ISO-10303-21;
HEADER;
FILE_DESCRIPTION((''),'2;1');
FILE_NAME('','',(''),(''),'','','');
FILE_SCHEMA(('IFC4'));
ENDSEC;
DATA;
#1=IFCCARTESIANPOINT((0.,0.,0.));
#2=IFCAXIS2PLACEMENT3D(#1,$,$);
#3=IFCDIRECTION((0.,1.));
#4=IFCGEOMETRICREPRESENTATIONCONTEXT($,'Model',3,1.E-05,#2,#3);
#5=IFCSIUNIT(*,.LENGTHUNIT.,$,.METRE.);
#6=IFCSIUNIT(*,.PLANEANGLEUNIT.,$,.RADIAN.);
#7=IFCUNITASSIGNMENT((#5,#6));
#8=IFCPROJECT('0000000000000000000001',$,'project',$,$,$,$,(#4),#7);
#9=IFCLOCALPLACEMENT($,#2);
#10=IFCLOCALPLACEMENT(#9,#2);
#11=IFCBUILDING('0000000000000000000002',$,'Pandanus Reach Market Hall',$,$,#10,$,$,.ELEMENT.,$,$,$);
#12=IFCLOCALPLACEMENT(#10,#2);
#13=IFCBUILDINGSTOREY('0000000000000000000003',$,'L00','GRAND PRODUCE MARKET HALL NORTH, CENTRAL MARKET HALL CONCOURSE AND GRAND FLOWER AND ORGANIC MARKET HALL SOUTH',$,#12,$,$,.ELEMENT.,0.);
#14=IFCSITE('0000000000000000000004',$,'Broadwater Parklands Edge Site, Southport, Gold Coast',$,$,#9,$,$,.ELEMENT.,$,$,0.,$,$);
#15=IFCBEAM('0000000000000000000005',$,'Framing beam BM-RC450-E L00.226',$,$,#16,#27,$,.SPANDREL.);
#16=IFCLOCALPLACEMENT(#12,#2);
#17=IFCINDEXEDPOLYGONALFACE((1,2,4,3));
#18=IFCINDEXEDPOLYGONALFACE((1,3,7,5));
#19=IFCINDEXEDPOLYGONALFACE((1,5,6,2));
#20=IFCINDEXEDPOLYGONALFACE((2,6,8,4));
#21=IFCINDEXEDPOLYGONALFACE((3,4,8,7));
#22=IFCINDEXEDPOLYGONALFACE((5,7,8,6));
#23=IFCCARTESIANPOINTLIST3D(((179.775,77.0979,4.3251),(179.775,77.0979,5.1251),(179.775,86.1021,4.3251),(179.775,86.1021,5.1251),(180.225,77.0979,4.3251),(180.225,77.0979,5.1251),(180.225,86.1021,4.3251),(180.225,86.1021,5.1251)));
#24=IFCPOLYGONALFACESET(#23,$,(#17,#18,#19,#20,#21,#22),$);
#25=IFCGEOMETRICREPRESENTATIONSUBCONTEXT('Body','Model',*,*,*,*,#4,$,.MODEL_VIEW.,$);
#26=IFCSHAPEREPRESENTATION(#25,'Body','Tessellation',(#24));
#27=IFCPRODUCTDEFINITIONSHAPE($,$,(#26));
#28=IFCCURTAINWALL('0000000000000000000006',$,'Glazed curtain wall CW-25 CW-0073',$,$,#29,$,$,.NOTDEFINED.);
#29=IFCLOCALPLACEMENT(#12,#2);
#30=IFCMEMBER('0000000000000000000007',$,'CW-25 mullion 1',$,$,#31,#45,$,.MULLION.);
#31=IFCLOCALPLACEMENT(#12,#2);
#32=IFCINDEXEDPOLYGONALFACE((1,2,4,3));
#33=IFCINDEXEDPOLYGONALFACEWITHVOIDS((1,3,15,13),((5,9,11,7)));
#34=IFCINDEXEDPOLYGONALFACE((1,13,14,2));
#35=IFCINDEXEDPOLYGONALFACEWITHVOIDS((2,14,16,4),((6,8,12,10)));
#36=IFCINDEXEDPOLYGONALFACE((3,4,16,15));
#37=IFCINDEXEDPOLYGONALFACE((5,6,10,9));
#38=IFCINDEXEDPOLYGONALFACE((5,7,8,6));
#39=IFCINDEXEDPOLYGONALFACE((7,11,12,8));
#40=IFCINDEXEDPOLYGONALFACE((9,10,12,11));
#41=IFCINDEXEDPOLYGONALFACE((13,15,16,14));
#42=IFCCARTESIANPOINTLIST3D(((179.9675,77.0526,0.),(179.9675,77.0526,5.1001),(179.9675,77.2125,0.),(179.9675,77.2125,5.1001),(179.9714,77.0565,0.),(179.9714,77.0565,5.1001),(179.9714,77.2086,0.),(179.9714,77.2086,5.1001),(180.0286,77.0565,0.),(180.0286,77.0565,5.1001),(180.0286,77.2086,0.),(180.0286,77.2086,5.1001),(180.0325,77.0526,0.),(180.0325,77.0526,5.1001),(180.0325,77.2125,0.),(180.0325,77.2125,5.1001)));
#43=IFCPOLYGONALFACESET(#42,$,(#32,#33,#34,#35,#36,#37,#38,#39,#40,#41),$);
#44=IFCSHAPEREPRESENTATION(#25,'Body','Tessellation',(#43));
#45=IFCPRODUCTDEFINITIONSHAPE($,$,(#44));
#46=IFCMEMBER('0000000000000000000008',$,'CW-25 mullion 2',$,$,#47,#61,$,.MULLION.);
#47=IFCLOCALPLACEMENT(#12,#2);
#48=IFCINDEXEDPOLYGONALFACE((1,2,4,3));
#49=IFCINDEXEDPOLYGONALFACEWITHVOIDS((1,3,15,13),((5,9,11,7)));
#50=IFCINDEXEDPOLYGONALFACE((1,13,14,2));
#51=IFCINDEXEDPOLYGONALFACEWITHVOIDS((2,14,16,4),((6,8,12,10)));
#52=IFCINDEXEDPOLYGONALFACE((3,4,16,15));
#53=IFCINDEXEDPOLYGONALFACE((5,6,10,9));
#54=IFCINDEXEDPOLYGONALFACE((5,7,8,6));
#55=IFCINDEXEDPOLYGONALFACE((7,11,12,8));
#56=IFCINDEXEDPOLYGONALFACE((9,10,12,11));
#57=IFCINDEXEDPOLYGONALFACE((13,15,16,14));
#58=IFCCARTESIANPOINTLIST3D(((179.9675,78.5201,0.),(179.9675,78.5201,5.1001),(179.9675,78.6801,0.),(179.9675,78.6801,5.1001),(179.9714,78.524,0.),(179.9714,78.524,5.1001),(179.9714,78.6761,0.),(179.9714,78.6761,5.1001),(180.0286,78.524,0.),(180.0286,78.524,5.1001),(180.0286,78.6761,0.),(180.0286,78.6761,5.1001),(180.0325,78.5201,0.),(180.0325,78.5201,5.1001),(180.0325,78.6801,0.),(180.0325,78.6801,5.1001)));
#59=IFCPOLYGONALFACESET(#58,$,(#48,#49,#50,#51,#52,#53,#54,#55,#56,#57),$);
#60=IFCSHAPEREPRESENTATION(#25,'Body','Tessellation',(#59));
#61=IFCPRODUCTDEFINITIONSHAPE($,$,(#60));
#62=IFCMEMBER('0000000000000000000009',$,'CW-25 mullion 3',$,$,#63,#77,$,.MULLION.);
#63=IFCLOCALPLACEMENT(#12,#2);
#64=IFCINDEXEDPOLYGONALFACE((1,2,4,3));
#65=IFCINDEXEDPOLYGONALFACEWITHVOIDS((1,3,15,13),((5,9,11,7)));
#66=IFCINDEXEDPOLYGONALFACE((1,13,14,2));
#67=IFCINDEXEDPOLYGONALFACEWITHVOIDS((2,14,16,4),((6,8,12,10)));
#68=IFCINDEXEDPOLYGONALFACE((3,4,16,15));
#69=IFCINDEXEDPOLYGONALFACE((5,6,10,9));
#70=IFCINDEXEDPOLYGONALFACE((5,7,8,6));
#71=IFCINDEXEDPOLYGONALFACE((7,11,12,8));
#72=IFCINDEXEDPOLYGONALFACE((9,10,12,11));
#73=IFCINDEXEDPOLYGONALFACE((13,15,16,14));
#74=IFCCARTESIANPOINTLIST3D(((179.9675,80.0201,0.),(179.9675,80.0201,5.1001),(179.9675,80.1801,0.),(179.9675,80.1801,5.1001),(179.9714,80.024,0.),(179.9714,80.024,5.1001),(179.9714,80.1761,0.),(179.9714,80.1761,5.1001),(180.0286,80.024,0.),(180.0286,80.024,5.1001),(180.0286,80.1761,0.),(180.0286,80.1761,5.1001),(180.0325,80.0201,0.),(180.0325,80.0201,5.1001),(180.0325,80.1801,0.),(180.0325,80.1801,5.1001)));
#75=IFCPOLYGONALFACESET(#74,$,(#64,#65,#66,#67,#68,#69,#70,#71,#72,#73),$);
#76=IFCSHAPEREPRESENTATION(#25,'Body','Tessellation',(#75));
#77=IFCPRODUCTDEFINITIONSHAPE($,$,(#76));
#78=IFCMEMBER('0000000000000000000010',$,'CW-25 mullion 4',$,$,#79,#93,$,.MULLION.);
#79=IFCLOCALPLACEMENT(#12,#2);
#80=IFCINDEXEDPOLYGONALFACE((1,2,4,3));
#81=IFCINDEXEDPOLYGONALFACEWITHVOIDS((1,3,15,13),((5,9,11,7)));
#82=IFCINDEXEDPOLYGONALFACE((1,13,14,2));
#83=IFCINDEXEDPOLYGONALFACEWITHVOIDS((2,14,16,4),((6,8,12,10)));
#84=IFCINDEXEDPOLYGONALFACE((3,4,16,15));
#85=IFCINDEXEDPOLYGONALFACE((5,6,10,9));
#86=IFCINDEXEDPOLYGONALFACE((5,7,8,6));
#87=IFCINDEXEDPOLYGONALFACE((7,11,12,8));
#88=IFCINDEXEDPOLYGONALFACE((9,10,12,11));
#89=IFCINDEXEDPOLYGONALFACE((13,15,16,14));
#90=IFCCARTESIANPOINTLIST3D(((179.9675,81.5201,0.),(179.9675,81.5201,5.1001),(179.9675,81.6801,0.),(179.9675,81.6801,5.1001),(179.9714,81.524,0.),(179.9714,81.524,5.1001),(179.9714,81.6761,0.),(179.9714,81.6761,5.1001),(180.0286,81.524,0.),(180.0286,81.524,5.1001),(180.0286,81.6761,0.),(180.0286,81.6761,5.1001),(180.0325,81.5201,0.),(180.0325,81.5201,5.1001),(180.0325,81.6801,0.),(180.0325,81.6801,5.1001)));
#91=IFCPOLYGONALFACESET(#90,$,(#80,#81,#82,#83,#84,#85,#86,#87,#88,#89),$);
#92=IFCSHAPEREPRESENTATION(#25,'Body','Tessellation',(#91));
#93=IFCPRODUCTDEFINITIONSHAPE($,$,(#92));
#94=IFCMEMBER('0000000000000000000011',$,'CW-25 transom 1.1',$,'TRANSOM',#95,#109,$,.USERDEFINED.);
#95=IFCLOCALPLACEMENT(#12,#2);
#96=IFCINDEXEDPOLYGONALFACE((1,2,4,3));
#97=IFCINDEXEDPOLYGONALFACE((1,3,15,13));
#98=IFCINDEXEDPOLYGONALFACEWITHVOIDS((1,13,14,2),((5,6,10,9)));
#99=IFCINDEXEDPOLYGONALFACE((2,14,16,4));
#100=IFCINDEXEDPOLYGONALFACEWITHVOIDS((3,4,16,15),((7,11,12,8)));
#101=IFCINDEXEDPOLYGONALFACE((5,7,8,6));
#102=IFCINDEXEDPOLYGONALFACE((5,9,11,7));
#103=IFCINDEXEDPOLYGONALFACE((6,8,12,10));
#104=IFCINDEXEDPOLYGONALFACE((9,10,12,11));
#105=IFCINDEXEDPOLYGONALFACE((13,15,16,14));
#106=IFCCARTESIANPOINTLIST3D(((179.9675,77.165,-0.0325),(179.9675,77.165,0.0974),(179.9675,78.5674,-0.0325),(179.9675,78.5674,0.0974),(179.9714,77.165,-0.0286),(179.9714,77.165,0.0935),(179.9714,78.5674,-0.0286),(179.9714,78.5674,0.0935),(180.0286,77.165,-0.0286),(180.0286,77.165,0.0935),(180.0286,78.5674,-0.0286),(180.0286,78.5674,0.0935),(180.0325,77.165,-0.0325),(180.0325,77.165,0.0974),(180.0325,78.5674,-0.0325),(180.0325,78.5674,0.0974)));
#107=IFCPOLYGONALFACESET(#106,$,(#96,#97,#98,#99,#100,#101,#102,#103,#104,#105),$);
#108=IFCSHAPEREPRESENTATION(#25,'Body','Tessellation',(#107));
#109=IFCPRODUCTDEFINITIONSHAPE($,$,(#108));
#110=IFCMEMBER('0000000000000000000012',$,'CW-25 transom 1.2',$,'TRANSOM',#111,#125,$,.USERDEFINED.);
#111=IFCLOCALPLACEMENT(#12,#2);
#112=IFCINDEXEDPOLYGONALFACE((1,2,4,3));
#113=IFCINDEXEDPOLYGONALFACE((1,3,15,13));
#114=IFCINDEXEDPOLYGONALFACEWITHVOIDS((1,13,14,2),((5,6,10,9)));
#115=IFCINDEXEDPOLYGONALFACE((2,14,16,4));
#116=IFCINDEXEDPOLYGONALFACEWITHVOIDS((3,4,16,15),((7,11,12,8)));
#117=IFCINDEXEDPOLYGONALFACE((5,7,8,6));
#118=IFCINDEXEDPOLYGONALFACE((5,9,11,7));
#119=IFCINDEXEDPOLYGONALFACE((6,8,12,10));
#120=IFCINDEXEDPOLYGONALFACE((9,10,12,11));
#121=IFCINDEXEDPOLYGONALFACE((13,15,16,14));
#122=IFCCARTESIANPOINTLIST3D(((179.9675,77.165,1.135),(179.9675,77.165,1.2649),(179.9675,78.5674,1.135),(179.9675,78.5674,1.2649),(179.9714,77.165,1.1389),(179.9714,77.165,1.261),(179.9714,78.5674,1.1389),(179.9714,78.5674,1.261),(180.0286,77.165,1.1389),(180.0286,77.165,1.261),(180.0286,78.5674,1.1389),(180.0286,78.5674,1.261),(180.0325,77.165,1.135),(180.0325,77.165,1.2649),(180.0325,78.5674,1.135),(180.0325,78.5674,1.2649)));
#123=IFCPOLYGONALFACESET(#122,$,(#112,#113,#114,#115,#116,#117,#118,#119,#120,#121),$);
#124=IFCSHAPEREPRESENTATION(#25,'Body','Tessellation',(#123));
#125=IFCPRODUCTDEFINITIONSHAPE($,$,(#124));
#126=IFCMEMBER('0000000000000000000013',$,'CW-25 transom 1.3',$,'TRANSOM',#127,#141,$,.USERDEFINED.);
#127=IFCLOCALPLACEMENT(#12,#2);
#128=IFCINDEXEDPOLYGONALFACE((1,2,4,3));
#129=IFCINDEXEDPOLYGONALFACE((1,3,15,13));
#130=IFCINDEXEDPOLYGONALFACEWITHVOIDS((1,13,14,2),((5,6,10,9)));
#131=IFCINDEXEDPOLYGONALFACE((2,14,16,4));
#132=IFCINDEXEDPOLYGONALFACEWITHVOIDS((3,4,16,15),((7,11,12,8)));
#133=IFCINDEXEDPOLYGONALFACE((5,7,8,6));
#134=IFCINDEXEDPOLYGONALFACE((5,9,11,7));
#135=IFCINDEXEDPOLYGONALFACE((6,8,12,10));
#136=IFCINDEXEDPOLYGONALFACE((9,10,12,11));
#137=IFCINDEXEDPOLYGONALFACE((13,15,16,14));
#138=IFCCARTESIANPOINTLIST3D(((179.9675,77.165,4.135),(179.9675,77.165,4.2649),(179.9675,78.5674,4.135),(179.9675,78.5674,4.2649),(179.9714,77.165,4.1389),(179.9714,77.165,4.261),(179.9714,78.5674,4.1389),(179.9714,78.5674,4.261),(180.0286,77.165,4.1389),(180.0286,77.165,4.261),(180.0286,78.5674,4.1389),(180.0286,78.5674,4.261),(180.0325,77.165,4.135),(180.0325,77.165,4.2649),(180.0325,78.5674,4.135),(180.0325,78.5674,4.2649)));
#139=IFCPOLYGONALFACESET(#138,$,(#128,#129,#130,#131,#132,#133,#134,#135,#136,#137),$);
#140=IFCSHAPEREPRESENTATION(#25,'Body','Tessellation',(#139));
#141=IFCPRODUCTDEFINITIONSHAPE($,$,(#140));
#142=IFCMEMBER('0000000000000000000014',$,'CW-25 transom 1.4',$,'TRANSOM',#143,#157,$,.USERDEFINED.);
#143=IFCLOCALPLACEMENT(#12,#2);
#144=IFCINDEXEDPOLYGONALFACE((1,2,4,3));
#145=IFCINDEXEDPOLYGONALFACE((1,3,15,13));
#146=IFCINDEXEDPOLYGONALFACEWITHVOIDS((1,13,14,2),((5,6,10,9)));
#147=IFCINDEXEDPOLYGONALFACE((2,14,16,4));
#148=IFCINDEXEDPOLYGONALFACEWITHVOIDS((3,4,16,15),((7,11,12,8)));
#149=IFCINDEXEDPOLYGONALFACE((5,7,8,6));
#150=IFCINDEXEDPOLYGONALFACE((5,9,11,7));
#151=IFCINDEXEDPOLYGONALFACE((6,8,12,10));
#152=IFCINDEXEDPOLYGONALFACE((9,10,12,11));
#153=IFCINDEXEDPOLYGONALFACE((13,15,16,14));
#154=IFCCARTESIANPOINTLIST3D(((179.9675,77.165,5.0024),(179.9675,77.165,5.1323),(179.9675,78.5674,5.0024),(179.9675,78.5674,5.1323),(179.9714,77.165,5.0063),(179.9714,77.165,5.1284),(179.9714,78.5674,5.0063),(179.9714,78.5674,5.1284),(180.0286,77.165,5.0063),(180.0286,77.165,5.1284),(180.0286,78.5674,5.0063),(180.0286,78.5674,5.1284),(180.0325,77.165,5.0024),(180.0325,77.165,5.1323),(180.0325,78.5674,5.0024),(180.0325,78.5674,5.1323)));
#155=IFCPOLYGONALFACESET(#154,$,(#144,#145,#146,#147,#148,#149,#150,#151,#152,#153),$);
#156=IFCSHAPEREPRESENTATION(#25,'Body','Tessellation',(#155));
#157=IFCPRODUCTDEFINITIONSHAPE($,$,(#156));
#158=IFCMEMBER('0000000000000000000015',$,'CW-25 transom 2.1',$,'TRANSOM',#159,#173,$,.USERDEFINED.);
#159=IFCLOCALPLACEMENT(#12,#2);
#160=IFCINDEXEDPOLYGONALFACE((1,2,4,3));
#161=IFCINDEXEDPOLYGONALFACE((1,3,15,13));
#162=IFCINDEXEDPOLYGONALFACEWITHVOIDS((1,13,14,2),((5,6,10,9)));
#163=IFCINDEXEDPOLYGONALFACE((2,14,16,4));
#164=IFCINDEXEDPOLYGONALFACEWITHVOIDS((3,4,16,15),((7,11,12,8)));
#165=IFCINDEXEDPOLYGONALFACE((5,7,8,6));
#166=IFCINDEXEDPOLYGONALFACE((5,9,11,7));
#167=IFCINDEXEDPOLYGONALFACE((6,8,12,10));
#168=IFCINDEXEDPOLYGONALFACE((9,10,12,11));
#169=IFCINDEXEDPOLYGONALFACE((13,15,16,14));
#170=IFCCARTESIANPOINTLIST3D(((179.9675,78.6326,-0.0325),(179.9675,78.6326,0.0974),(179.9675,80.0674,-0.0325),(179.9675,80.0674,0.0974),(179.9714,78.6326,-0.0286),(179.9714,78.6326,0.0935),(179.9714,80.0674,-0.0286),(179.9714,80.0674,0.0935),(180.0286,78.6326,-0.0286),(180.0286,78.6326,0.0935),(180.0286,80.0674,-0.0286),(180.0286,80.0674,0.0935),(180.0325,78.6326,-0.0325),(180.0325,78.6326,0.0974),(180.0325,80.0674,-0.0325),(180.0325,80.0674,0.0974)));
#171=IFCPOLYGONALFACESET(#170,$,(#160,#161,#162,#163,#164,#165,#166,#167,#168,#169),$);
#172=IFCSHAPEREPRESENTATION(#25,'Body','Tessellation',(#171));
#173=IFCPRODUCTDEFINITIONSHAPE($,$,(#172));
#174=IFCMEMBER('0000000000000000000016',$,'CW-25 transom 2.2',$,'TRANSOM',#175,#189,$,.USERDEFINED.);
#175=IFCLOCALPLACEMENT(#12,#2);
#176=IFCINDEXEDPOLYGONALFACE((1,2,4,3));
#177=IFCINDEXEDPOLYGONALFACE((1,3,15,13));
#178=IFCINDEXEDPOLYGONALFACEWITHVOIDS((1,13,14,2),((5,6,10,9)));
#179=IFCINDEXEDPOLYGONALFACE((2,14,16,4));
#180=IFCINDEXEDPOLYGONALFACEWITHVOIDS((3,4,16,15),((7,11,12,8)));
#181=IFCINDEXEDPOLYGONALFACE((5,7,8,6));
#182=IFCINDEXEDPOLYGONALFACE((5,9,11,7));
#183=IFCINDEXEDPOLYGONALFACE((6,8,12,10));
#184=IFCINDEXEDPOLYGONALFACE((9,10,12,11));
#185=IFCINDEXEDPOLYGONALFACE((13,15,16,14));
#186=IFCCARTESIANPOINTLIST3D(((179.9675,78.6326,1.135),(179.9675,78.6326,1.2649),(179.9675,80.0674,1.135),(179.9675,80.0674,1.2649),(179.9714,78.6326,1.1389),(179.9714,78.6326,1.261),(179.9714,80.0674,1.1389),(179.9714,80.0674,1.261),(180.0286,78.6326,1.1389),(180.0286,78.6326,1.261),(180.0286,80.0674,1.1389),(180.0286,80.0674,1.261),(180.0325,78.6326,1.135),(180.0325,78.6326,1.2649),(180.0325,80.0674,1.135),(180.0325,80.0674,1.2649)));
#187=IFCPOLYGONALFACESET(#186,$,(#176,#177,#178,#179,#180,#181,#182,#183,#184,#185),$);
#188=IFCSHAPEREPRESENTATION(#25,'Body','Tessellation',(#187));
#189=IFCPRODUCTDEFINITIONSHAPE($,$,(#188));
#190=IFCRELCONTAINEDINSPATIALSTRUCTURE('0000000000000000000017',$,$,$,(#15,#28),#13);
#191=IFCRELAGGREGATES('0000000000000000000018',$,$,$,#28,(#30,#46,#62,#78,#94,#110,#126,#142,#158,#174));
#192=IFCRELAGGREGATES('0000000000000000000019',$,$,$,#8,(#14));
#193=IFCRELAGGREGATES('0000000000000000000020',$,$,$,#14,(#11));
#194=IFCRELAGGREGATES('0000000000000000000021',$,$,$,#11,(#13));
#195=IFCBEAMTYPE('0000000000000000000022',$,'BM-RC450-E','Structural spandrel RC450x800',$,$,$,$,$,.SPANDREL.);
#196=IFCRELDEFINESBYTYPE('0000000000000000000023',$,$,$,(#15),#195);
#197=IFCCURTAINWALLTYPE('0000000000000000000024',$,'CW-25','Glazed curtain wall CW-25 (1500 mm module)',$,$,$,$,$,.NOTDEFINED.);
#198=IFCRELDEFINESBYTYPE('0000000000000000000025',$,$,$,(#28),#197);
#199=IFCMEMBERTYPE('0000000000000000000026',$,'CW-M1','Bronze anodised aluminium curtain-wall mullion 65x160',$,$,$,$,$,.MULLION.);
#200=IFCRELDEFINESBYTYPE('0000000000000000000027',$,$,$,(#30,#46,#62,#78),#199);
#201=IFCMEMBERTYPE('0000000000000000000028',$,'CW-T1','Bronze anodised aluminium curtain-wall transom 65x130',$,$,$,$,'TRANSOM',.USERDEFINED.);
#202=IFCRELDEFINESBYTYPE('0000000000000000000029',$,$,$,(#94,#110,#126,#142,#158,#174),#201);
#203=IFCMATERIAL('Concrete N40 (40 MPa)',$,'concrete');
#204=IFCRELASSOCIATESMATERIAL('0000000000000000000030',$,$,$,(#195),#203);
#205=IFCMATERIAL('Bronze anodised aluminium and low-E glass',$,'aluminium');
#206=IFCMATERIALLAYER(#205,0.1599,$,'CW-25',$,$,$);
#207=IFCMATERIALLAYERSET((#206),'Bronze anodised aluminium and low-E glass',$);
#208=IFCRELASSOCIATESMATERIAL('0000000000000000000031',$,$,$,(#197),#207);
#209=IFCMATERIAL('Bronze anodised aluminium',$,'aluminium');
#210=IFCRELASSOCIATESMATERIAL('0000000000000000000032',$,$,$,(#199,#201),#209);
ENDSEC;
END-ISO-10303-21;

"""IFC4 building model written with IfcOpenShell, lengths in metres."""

from ifc_helpers import new_model, si_unit, direction, frame, origin, origin_2d, place, context, subcontext, project, spatial, rectangle, hollow_rectangle, extrude, material, layer, layer_set, material_profile, profile_set, type_object, element, aggregate, save


model = new_model("IFC4")

# Units and contexts
model_context = context("Model", 3, precision=1e-05, world=origin(), true_north=direction((0.0, 1.0)))
body_context = subcontext(model_context, "Body", "Model", "MODEL_VIEW")
ifc_project = project(units=[si_unit("LENGTHUNIT", "METRE"), si_unit("PLANEANGLEUNIT", "RADIAN")], contexts=[model_context])

# Site, building, storey
site_placement = place(None, origin())
site = spatial("IfcSite", under=ifc_project, at=site_placement, Name="Broadwater Parklands Edge Site, Southport, Gold Coast", CompositionType="ELEMENT", RefElevation=0.0)
building_placement = place(site_placement, origin())
building = spatial("IfcBuilding", under=site, at=building_placement, Name="Pandanus Reach Market Hall", CompositionType="ELEMENT")
storey_placement = place(building_placement, origin())
storey = spatial("IfcBuildingStorey", under=building, at=storey_placement, Name="L00", Description="GRAND PRODUCE MARKET HALL NORTH, CENTRAL MARKET HALL CONCOURSE AND GRAND FLOWER AND ORGANIC MARKET HALL SOUTH", CompositionType="ELEMENT", Elevation=0.0)

# Beam
ifc_material_1 = material(Name="Concrete N40 (40 MPa)", Category="concrete")
ifc_material_profile_1 = material_profile(ifc_material_1, rectangle(XDim=0.45, YDim=0.8, at=origin_2d()), Name="RC450x800", Category="LoadBearing")
ifc_profile_set_1 = profile_set([ifc_material_profile_1], Name="Concrete N40 (40 MPa)")
beam_type_1 = type_object("IfcBeamType", Name="BM-RC450-E", Description="Structural spandrel RC450x800", PredefinedType="SPANDREL", material=ifc_profile_set_1)
beam_placement = place(storey_placement, frame((180.0, 77.0979, 4.7251), z_axis=(0.0, 1.0, 0.0), x_axis=(-1.0, 0.0, 0.0)))
element("IfcBeam", 1, at=beam_placement, inside=storey, type_object=beam_type_1, Name="Framing beam BM-RC450-E L00.226", PredefinedType="SPANDREL", context=body_context, shape_type="SweptSolid", body=[
    extrude(rectangle(XDim=0.45, YDim=0.8, at=origin_2d()), origin(), (0.0, 0.0, 1.0), 9.0042),
])

# Curtain wall, members
ifc_material_2 = material(Name="Bronze anodised aluminium and low-E glass", Category="aluminium")
ifc_layer_1 = layer(ifc_material_2, 0.1599, Name="CW-25")
ifc_layer_set_1 = layer_set([ifc_layer_1], Name="Bronze anodised aluminium and low-E glass")
curtain_wall_type = type_object("IfcCurtainWallType", Name="CW-25", Description="Glazed curtain wall CW-25 (1500 mm module)", PredefinedType="NOTDEFINED", material=ifc_layer_set_1)
curtain_wall_placement = place(storey_placement, origin())
curtain_wall = element("IfcCurtainWall", 2, at=curtain_wall_placement, inside=storey, type_object=curtain_wall_type, Name="Glazed curtain wall CW-25 CW-0073", PredefinedType="NOTDEFINED")
ifc_material_3 = material(Name="Bronze anodised aluminium", Category="aluminium")
ifc_material_profile_2 = material_profile(ifc_material_3, hollow_rectangle(XDim=0.0649, YDim=0.1599, WallThickness=0.0039, at=origin_2d()), Name="ALU65x160", Category="LoadBearing")
ifc_profile_set_2 = profile_set([ifc_material_profile_2], Name="Bronze anodised aluminium")
member_type_1 = type_object("IfcMemberType", Name="CW-M1", Description="Bronze anodised aluminium curtain-wall mullion 65x160", PredefinedType="MULLION", material=ifc_profile_set_2)
member_1_placement = place(storey_placement, frame((180.0, 77.1326, 0.0), z_axis=(0.0, 0.0, 1.0), x_axis=(-1.0, 0.0, 0.0)))
member_1 = element("IfcMember", 3, at=member_1_placement, type_object=member_type_1, Name="CW-25 mullion 1", PredefinedType="MULLION", context=body_context, shape_type="SweptSolid", body=[
    extrude(hollow_rectangle(XDim=0.0649, YDim=0.1599, WallThickness=0.0039, at=origin_2d()), origin(), (0.0, 0.0, 1.0), 5.1001),
])
member_2_placement = place(storey_placement, frame((180.0, 78.6001, 0.0), z_axis=(0.0, 0.0, 1.0), x_axis=(-1.0, 0.0, 0.0)))
member_2 = element("IfcMember", 4, at=member_2_placement, type_object=member_type_1, Name="CW-25 mullion 2", PredefinedType="MULLION", context=body_context, shape_type="SweptSolid", body=[
    extrude(hollow_rectangle(XDim=0.0649, YDim=0.1599, WallThickness=0.0039, at=origin_2d()), origin(), (0.0, 0.0, 1.0), 5.1001),
])
member_3_placement = place(storey_placement, frame((180.0, 80.1001, 0.0), z_axis=(0.0, 0.0, 1.0), x_axis=(-1.0, 0.0, 0.0)))
member_3 = element("IfcMember", 5, at=member_3_placement, type_object=member_type_1, Name="CW-25 mullion 3", PredefinedType="MULLION", context=body_context, shape_type="SweptSolid", body=[
    extrude(hollow_rectangle(XDim=0.0649, YDim=0.1599, WallThickness=0.0039, at=origin_2d()), origin(), (0.0, 0.0, 1.0), 5.1001),
])
member_4_placement = place(storey_placement, frame((180.0, 81.6001, 0.0), z_axis=(0.0, 0.0, 1.0), x_axis=(-1.0, 0.0, 0.0)))
member_4 = element("IfcMember", 6, at=member_4_placement, type_object=member_type_1, Name="CW-25 mullion 4", PredefinedType="MULLION", context=body_context, shape_type="SweptSolid", body=[
    extrude(hollow_rectangle(XDim=0.0649, YDim=0.1599, WallThickness=0.0039, at=origin_2d()), origin(), (0.0, 0.0, 1.0), 5.1001),
])
ifc_material_profile_3 = material_profile(ifc_material_3, hollow_rectangle(XDim=0.0649, YDim=0.1299, WallThickness=0.0039, at=origin_2d()), Name="ALU65x130", Category="LoadBearing")
ifc_profile_set_3 = profile_set([ifc_material_profile_3], Name="Bronze anodised aluminium")
member_type_2 = type_object("IfcMemberType", Name="CW-T1", Description="Bronze anodised aluminium curtain-wall transom 65x130", ElementType="TRANSOM", PredefinedType="USERDEFINED", material=ifc_profile_set_3)
member_5_placement = place(storey_placement, frame((180.0, 77.165, 0.0325), z_axis=(0.0, 1.0, 0.0), x_axis=(-1.0, 0.0, 0.0)))
member_5 = element("IfcMember", 7, at=member_5_placement, type_object=member_type_2, Name="CW-25 transom 1.1", ObjectType="TRANSOM", PredefinedType="USERDEFINED", context=body_context, shape_type="SweptSolid", body=[
    extrude(hollow_rectangle(XDim=0.0649, YDim=0.1299, WallThickness=0.0039, at=origin_2d()), origin(), (0.0, 0.0, 1.0), 1.4023),
])
member_6_placement = place(storey_placement, frame((180.0, 77.165, 1.2), z_axis=(0.0, 1.0, 0.0), x_axis=(-1.0, 0.0, 0.0)))
member_6 = element("IfcMember", 8, at=member_6_placement, type_object=member_type_2, Name="CW-25 transom 1.2", ObjectType="TRANSOM", PredefinedType="USERDEFINED", context=body_context, shape_type="SweptSolid", body=[
    extrude(hollow_rectangle(XDim=0.0649, YDim=0.1299, WallThickness=0.0039, at=origin_2d()), origin(), (0.0, 0.0, 1.0), 1.4023),
])
member_7_placement = place(storey_placement, frame((180.0, 77.165, 4.2), z_axis=(0.0, 1.0, 0.0), x_axis=(-1.0, 0.0, 0.0)))
member_7 = element("IfcMember", 9, at=member_7_placement, type_object=member_type_2, Name="CW-25 transom 1.3", ObjectType="TRANSOM", PredefinedType="USERDEFINED", context=body_context, shape_type="SweptSolid", body=[
    extrude(hollow_rectangle(XDim=0.0649, YDim=0.1299, WallThickness=0.0039, at=origin_2d()), origin(), (0.0, 0.0, 1.0), 1.4023),
])
member_8_placement = place(storey_placement, frame((180.0, 77.165, 5.0674), z_axis=(0.0, 1.0, 0.0), x_axis=(-1.0, 0.0, 0.0)))
member_8 = element("IfcMember", 10, at=member_8_placement, type_object=member_type_2, Name="CW-25 transom 1.4", ObjectType="TRANSOM", PredefinedType="USERDEFINED", context=body_context, shape_type="SweptSolid", body=[
    extrude(hollow_rectangle(XDim=0.0649, YDim=0.1299, WallThickness=0.0039, at=origin_2d()), origin(), (0.0, 0.0, 1.0), 1.4023),
])
member_9_placement = place(storey_placement, frame((180.0, 78.6326, 0.0325), z_axis=(0.0, 1.0, 0.0), x_axis=(-1.0, 0.0, 0.0)))
member_9 = element("IfcMember", 11, at=member_9_placement, type_object=member_type_2, Name="CW-25 transom 2.1", ObjectType="TRANSOM", PredefinedType="USERDEFINED", context=body_context, shape_type="SweptSolid", body=[
    extrude(hollow_rectangle(XDim=0.0649, YDim=0.1299, WallThickness=0.0039, at=origin_2d()), origin(), (0.0, 0.0, 1.0), 1.4348),
])
member_10_placement = place(storey_placement, frame((180.0, 78.6326, 1.2), z_axis=(0.0, 1.0, 0.0), x_axis=(-1.0, 0.0, 0.0)))
member_10 = element("IfcMember", 12, at=member_10_placement, type_object=member_type_2, Name="CW-25 transom 2.2", ObjectType="TRANSOM", PredefinedType="USERDEFINED", context=body_context, shape_type="SweptSolid", body=[
    extrude(hollow_rectangle(XDim=0.0649, YDim=0.1299, WallThickness=0.0039, at=origin_2d()), origin(), (0.0, 0.0, 1.0), 1.4348),
])

aggregate(curtain_wall, [member_1, member_2, member_3, member_4, member_5, member_6, member_7, member_8, member_9, member_10])

save(model, "model.ifc")
